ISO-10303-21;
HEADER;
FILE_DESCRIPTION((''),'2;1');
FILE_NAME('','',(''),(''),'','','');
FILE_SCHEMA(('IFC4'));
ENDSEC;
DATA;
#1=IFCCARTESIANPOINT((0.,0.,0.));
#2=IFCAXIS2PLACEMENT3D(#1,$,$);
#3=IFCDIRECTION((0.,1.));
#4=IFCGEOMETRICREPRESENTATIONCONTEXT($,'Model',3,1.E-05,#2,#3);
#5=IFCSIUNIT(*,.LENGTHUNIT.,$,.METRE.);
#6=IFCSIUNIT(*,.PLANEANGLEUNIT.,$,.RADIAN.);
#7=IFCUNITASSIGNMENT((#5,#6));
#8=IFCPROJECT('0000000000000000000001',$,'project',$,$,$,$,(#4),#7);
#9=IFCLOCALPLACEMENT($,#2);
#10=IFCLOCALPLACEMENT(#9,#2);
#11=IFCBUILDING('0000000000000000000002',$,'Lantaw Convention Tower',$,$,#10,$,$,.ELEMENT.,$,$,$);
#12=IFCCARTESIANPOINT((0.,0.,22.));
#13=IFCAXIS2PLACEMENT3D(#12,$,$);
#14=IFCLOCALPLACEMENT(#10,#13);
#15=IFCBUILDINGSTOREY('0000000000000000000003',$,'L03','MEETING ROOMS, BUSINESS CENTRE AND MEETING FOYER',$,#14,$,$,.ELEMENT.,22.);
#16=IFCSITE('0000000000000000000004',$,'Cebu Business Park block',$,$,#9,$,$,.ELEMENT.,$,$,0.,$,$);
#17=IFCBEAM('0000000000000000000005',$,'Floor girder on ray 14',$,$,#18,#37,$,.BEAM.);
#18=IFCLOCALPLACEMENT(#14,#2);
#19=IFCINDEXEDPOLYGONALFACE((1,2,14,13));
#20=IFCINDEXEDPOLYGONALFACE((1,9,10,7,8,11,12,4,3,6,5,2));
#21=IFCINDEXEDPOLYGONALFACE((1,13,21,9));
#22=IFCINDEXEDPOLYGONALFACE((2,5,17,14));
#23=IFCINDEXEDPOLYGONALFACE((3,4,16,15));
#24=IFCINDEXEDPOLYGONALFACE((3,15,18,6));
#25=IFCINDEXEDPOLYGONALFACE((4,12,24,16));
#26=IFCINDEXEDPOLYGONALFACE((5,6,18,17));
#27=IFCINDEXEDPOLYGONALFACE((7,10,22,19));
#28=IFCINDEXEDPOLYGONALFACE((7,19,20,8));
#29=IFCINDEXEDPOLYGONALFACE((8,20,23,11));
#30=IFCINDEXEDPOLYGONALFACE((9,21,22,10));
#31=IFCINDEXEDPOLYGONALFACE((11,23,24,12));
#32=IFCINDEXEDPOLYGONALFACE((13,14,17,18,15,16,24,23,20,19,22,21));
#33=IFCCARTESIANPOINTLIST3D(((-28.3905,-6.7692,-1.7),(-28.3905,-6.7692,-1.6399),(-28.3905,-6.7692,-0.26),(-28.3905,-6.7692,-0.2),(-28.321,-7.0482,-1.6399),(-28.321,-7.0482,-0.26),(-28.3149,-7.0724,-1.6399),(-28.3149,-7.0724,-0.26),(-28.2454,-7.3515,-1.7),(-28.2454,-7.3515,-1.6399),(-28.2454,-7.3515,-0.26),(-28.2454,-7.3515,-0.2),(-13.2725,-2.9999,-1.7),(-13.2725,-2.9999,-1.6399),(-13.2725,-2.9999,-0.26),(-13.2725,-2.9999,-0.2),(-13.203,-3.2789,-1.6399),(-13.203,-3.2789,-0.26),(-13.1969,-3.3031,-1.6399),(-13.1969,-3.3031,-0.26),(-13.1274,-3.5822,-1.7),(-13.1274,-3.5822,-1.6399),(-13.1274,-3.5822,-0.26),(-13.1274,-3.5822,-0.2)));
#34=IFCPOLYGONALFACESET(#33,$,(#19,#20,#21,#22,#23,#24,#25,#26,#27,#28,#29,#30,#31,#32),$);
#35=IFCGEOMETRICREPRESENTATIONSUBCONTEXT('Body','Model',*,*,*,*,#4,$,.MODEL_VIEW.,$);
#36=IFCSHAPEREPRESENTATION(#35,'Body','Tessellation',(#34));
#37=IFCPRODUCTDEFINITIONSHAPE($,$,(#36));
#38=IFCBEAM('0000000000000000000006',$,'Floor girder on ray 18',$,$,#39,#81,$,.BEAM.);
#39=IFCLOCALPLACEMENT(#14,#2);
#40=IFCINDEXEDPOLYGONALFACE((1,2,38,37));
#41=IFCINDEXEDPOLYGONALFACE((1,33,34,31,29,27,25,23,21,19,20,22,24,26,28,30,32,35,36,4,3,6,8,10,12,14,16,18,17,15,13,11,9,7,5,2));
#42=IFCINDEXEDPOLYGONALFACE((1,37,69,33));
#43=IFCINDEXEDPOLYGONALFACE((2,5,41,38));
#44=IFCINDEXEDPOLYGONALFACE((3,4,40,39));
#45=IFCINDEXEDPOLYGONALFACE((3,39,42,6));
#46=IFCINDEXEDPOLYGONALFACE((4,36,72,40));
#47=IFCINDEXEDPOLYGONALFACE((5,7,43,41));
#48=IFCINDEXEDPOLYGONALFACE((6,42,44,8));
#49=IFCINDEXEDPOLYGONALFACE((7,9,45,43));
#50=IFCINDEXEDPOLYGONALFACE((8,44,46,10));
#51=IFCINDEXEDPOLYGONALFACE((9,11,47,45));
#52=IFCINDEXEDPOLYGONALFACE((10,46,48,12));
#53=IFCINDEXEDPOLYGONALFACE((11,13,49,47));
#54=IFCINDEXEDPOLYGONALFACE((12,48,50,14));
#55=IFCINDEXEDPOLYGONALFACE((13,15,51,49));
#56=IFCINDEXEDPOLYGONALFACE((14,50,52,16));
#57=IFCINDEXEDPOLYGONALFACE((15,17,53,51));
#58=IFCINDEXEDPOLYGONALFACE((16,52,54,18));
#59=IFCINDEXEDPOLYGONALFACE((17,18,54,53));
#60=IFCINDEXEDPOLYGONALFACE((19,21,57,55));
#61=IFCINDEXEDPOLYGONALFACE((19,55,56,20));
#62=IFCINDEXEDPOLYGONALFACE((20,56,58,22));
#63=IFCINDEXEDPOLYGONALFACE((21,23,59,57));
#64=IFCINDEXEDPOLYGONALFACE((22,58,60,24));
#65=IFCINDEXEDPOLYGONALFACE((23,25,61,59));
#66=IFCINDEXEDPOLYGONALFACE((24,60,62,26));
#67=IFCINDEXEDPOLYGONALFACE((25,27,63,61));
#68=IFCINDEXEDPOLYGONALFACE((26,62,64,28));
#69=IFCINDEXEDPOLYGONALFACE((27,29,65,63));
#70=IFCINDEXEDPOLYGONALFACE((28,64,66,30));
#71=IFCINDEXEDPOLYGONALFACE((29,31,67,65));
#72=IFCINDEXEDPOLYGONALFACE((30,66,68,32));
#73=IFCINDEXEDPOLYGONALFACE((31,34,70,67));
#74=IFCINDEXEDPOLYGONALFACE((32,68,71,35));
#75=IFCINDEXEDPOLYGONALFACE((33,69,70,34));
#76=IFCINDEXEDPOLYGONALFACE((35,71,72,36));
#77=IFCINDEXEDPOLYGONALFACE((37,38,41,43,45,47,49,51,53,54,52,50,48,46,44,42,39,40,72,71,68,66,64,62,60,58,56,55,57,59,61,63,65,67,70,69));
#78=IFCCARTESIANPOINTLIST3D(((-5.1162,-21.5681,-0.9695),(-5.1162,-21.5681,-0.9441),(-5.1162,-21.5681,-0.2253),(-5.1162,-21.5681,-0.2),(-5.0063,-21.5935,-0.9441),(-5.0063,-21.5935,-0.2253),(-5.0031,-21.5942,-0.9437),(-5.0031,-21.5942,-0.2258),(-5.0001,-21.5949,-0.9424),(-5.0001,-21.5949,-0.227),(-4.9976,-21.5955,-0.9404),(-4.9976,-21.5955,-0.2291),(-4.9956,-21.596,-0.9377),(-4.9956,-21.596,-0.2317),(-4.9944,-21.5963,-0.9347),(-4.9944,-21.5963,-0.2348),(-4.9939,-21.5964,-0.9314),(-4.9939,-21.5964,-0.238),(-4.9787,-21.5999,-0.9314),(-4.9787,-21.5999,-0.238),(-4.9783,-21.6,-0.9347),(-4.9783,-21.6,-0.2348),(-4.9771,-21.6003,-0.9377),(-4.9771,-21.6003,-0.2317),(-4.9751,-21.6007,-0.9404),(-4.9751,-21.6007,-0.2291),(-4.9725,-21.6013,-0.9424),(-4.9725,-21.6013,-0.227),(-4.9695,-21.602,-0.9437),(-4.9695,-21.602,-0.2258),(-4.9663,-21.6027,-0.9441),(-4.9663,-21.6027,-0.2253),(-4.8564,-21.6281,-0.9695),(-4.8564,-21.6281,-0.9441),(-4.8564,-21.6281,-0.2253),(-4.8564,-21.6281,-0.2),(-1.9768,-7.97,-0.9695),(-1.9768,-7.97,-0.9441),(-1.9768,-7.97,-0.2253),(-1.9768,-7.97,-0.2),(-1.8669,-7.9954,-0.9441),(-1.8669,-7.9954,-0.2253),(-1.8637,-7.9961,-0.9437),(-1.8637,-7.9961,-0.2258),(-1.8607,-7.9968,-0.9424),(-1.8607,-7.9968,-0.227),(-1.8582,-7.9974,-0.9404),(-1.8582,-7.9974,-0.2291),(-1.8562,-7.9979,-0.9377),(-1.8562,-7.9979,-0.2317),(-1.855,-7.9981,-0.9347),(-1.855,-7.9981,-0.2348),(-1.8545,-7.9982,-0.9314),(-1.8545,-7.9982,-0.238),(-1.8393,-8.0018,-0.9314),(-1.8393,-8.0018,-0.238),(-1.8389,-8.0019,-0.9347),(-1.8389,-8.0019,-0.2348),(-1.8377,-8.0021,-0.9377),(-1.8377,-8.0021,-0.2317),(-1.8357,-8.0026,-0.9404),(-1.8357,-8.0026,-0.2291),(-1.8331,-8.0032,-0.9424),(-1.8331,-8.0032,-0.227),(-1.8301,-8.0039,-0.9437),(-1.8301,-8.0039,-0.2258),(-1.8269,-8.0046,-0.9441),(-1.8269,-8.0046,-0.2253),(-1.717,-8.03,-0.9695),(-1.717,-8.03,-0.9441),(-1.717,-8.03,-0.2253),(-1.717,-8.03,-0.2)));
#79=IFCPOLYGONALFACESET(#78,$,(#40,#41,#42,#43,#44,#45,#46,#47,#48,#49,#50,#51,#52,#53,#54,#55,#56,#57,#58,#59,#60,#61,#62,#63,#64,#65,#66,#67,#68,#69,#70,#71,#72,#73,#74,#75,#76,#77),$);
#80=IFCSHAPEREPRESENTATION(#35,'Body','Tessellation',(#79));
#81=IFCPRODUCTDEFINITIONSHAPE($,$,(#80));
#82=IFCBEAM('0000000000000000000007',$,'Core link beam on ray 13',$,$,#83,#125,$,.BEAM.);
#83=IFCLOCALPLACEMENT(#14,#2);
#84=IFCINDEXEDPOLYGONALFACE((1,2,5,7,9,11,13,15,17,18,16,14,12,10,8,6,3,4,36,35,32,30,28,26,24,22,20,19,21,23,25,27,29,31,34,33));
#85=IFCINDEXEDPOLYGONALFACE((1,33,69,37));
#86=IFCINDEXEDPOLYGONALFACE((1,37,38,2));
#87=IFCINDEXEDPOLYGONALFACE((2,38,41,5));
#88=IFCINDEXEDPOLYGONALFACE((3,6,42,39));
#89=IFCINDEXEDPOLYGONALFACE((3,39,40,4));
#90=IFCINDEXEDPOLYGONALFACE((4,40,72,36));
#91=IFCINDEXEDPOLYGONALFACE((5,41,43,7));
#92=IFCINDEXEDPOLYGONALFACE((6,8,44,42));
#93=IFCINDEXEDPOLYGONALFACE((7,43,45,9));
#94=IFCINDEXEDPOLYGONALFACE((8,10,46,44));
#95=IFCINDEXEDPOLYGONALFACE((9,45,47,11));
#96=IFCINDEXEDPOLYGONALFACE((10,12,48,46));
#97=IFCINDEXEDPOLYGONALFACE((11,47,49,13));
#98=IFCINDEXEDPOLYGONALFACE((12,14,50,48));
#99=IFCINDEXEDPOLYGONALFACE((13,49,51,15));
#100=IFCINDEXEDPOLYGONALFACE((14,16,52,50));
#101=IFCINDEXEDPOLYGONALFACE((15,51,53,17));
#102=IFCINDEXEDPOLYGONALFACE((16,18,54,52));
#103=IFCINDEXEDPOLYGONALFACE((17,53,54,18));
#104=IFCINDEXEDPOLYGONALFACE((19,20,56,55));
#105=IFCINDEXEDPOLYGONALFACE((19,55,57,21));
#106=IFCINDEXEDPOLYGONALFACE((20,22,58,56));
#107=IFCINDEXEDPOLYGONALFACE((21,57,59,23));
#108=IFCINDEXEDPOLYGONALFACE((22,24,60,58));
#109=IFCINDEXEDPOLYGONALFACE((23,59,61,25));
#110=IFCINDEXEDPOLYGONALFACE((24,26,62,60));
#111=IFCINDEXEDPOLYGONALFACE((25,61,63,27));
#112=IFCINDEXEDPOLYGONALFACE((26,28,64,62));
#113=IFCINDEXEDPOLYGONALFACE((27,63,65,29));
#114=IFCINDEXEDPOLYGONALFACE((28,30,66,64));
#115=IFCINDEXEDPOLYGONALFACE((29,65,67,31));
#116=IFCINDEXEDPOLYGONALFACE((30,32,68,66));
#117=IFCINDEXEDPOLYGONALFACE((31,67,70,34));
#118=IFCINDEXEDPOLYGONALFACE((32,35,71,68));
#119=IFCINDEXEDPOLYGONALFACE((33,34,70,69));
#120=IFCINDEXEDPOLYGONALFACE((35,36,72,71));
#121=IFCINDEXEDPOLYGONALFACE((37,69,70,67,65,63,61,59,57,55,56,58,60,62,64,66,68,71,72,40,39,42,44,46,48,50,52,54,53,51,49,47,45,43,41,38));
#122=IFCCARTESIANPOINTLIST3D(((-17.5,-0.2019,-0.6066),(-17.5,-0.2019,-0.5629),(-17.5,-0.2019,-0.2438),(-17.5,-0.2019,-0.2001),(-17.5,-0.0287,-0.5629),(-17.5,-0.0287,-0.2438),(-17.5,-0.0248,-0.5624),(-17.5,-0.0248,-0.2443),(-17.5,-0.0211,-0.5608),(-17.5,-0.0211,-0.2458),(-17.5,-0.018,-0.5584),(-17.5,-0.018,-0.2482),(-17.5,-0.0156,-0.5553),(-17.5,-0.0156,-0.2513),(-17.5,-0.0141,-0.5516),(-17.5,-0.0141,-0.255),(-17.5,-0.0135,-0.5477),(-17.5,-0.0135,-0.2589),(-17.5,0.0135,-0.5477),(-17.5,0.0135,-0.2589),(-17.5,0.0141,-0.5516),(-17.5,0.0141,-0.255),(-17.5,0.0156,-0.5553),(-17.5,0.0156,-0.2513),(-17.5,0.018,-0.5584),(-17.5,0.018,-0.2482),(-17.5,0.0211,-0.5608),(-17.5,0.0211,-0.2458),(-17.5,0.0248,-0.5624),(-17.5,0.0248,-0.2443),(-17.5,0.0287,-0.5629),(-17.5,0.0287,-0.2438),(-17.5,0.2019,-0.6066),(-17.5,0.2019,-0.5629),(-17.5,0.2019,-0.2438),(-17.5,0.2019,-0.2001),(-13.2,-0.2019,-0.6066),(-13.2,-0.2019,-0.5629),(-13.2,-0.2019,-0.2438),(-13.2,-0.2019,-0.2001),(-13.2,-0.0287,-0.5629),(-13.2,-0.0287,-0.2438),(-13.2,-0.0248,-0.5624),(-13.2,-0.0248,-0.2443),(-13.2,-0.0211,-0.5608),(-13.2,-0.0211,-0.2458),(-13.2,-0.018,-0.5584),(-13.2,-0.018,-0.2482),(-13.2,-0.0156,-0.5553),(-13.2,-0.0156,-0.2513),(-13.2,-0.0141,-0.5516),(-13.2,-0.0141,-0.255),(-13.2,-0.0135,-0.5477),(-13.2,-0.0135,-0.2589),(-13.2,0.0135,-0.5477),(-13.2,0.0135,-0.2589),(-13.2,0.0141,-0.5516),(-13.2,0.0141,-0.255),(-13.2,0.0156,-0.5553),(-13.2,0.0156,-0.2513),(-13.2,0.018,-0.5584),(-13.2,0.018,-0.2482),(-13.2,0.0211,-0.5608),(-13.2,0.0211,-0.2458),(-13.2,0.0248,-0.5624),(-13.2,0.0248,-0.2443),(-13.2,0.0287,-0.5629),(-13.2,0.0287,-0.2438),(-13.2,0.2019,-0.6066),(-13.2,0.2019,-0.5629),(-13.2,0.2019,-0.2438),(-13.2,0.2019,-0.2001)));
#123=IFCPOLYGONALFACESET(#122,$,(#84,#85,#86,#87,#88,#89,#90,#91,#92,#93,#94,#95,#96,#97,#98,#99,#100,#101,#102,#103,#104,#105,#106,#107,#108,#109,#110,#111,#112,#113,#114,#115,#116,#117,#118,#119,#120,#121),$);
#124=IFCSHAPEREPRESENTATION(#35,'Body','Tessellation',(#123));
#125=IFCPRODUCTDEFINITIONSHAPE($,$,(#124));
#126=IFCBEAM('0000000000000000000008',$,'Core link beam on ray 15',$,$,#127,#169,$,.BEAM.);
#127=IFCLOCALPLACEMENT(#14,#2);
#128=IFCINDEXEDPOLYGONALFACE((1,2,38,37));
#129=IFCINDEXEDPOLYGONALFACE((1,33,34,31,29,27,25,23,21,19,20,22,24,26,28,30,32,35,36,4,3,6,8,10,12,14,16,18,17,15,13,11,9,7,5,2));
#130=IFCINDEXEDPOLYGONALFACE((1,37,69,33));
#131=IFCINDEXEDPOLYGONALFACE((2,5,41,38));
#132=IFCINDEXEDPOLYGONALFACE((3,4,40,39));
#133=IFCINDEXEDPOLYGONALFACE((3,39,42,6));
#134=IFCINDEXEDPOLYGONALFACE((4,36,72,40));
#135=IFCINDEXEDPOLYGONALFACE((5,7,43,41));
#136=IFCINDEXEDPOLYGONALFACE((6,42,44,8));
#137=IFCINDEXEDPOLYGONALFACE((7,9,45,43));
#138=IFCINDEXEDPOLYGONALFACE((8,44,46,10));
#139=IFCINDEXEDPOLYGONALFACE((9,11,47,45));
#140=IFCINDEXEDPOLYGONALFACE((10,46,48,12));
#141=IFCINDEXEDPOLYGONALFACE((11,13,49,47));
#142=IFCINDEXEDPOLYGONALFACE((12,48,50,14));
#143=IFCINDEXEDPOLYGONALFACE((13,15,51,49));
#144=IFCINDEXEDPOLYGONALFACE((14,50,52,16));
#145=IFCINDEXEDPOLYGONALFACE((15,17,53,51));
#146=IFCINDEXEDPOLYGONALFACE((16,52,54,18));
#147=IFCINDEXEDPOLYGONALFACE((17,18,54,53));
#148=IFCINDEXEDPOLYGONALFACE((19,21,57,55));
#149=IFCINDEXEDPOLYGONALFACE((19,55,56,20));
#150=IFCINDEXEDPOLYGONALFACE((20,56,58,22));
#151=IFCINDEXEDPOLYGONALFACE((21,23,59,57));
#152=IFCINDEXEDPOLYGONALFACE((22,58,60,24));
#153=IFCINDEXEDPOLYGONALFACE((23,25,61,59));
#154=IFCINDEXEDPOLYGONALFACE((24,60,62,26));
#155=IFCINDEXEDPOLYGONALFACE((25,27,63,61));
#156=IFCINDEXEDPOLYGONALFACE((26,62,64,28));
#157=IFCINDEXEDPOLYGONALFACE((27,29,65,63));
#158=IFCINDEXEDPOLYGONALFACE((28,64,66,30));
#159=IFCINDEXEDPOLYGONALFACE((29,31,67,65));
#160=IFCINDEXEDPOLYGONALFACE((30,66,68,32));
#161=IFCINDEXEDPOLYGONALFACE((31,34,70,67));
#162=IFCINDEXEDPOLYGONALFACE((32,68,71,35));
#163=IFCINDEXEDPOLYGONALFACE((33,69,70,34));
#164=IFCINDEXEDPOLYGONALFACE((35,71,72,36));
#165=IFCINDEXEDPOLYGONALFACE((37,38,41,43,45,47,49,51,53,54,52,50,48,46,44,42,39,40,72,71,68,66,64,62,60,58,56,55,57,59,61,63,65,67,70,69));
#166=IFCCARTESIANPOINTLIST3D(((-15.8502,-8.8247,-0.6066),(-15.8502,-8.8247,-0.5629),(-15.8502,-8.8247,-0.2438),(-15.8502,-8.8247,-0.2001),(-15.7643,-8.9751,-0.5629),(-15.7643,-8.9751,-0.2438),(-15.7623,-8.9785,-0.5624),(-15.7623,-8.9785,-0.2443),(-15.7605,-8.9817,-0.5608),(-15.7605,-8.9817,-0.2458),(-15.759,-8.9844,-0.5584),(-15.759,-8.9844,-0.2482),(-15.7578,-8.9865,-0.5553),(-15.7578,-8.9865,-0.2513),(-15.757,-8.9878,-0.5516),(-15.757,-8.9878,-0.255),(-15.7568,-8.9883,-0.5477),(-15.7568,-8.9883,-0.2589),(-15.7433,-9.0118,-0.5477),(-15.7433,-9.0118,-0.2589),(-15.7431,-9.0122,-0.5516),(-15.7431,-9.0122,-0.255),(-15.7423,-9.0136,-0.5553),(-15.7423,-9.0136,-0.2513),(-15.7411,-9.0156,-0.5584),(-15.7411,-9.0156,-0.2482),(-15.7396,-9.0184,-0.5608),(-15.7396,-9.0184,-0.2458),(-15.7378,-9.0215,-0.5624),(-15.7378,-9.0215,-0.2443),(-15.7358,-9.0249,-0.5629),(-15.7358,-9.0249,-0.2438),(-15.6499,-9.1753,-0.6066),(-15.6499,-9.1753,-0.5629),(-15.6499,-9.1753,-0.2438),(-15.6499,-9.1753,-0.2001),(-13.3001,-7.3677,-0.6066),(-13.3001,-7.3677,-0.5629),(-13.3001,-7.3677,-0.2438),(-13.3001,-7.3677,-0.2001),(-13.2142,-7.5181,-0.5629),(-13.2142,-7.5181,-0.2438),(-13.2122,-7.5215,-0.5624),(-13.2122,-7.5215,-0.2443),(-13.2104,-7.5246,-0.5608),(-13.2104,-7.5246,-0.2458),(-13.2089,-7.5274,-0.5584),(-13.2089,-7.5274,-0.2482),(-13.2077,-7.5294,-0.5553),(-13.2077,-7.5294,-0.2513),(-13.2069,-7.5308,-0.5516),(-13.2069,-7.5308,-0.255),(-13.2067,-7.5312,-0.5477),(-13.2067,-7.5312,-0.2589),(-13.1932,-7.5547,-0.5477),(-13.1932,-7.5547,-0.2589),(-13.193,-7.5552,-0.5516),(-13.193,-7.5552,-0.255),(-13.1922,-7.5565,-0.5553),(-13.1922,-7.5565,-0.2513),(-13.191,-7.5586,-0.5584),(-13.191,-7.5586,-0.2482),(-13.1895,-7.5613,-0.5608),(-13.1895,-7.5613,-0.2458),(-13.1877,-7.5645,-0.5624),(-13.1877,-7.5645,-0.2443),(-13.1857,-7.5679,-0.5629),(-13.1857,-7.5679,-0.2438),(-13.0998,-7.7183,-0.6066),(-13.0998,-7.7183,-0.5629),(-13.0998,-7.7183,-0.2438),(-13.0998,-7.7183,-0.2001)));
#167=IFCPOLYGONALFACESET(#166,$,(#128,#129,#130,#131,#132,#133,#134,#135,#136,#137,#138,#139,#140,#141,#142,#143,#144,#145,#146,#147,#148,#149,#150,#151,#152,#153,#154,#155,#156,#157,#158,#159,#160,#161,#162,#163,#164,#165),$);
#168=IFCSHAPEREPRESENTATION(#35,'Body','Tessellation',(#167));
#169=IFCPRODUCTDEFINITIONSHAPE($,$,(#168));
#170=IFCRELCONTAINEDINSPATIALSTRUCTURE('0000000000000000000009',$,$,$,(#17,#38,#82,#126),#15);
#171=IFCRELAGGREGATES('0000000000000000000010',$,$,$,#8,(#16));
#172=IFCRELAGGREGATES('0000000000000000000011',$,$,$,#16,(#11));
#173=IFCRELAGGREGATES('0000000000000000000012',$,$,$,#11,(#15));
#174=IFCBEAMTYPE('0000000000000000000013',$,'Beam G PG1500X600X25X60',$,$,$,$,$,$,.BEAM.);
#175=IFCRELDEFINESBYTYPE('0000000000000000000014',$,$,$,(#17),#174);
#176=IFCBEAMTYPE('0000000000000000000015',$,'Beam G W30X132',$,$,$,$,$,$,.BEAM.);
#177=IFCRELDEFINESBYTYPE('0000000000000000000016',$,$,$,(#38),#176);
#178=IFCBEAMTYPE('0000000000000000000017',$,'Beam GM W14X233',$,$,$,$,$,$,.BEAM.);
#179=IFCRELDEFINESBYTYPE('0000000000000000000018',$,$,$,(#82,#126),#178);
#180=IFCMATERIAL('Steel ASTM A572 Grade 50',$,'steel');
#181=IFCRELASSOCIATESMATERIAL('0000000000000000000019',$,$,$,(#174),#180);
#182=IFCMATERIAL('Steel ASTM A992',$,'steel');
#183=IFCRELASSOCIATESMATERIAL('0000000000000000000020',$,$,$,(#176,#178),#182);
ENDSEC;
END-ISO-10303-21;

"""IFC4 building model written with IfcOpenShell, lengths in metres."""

from ifc_helpers import new_model, si_unit, direction, frame, origin, origin_2d, place, context, subcontext, project, spatial, i_section, extrude, material, material_profile, profile_set, type_object, element, save


model = new_model("IFC4")

# Units and contexts
model_context = context("Model", 3, precision=1e-05, world=origin(), true_north=direction((0.0, 1.0)))
body_context = subcontext(model_context, "Body", "Model", "MODEL_VIEW")
ifc_project = project(units=[si_unit("LENGTHUNIT", "METRE"), si_unit("PLANEANGLEUNIT", "RADIAN")], contexts=[model_context])

# Site, building, storey
site_placement = place(None, origin())
site = spatial("IfcSite", under=ifc_project, at=site_placement, Name="Cebu Business Park block", CompositionType="ELEMENT", RefElevation=0.0)
building_placement = place(site_placement, origin())
building = spatial("IfcBuilding", under=site, at=building_placement, Name="Lantaw Convention Tower", CompositionType="ELEMENT")
storey_placement = place(building_placement, frame((0.0, 0.0, 22.0)))
storey = spatial("IfcBuildingStorey", under=building, at=storey_placement, Name="L03", Description="MEETING ROOMS, BUSINESS CENTRE AND MEETING FOYER", CompositionType="ELEMENT", Elevation=22.0)

# Beams
ifc_material_1 = material(Name="Steel ASTM A572 Grade 50", Category="steel")
ifc_material_profile_1 = material_profile(ifc_material_1, i_section(OverallWidth=0.6001, OverallDepth=1.5, WebThickness=0.0249, FlangeThickness=0.0601, at=origin_2d()), Name="PG1500X600X25X60")
ifc_profile_set_1 = profile_set([ifc_material_profile_1], Name="Steel ASTM A572 Grade 50")
beam_type_1 = type_object("IfcBeamType", Name="Beam G PG1500X600X25X60", PredefinedType="BEAM", material=ifc_profile_set_1)
beam_1_placement = place(storey_placement, frame((-13.2, -3.291, -0.95), z_axis=(-0.970296, -0.24192, 0.0), x_axis=(0.24192, -0.970296, 0.0)))
element("IfcBeam", 1, at=beam_1_placement, inside=storey, type_object=beam_type_1, Name="Floor girder on ray 14", PredefinedType="BEAM", context=body_context, shape_type="SweptSolid", body=[
    extrude(i_section(OverallWidth=0.6001, OverallDepth=1.5, WebThickness=0.0249, FlangeThickness=0.0601, at=origin_2d()), origin(), (0.0, 0.0, 1.0), 15.5808),
])
ifc_material_2 = material(Name="Steel ASTM A992", Category="steel")
ifc_material_profile_2 = material_profile(ifc_material_2, i_section(OverallWidth=0.2666, OverallDepth=0.7695, WebThickness=0.0156, FlangeThickness=0.0254, FilletRadius=0.0127, at=origin_2d()), Name="W30X132")
ifc_profile_set_2 = profile_set([ifc_material_profile_2], Name="Steel ASTM A992")
beam_type_2 = type_object("IfcBeamType", Name="Beam G W30X132", PredefinedType="BEAM", material=ifc_profile_set_2)
beam_2_placement = place(storey_placement, frame((-1.8469, -8.0, -0.5847), z_axis=(-0.224953, -0.97437, 0.0), x_axis=(0.97437, -0.224953, 0.0)))
element("IfcBeam", 2, at=beam_2_placement, inside=storey, type_object=beam_type_2, Name="Floor girder on ray 18", PredefinedType="BEAM", context=body_context, shape_type="SweptSolid", body=[
    extrude(i_section(OverallWidth=0.2666, OverallDepth=0.7695, WebThickness=0.0156, FlangeThickness=0.0254, FilletRadius=0.0127, at=origin_2d()), origin(), (0.0, 0.0, 1.0), 13.9558),
])
ifc_material_profile_3 = material_profile(ifc_material_2, i_section(OverallWidth=0.4038, OverallDepth=0.4065, WebThickness=0.0271, FlangeThickness=0.0437, FilletRadius=0.0151, at=origin_2d()), Name="W14X233")
ifc_profile_set_3 = profile_set([ifc_material_profile_3], Name="Steel ASTM A992")
beam_type_3 = type_object("IfcBeamType", Name="Beam GM W14X233", PredefinedType="BEAM", material=ifc_profile_set_3)
beam_3_placement = place(storey_placement, frame((-13.2, 0.0, -0.4033), z_axis=(-1.0, 0.0, 0.0), x_axis=(0.0, -1.0, 0.0)))
element("IfcBeam", 3, at=beam_3_placement, inside=storey, type_object=beam_type_3, Name="Core link beam on ray 13", PredefinedType="BEAM", context=body_context, shape_type="SweptSolid", body=[
    extrude(i_section(OverallWidth=0.4038, OverallDepth=0.4065, WebThickness=0.0271, FlangeThickness=0.0437, FilletRadius=0.0151, at=origin_2d()), origin(), (0.0, 0.0, 1.0), 4.3),
])
beam_4_placement = place(storey_placement, frame((-13.2, -7.543, -0.4033), z_axis=(-0.868264, -0.496103, 0.0), x_axis=(0.496103, -0.868264, 0.0)))
element("IfcBeam", 4, at=beam_4_placement, inside=storey, type_object=beam_type_3, Name="Core link beam on ray 15", PredefinedType="BEAM", context=body_context, shape_type="SweptSolid", body=[
    extrude(i_section(OverallWidth=0.4038, OverallDepth=0.4065, WebThickness=0.0271, FlangeThickness=0.0437, FilletRadius=0.0151, at=origin_2d()), origin(), (0.0, 0.0, 1.0), 2.937),
])

save(model, "model.ifc")
